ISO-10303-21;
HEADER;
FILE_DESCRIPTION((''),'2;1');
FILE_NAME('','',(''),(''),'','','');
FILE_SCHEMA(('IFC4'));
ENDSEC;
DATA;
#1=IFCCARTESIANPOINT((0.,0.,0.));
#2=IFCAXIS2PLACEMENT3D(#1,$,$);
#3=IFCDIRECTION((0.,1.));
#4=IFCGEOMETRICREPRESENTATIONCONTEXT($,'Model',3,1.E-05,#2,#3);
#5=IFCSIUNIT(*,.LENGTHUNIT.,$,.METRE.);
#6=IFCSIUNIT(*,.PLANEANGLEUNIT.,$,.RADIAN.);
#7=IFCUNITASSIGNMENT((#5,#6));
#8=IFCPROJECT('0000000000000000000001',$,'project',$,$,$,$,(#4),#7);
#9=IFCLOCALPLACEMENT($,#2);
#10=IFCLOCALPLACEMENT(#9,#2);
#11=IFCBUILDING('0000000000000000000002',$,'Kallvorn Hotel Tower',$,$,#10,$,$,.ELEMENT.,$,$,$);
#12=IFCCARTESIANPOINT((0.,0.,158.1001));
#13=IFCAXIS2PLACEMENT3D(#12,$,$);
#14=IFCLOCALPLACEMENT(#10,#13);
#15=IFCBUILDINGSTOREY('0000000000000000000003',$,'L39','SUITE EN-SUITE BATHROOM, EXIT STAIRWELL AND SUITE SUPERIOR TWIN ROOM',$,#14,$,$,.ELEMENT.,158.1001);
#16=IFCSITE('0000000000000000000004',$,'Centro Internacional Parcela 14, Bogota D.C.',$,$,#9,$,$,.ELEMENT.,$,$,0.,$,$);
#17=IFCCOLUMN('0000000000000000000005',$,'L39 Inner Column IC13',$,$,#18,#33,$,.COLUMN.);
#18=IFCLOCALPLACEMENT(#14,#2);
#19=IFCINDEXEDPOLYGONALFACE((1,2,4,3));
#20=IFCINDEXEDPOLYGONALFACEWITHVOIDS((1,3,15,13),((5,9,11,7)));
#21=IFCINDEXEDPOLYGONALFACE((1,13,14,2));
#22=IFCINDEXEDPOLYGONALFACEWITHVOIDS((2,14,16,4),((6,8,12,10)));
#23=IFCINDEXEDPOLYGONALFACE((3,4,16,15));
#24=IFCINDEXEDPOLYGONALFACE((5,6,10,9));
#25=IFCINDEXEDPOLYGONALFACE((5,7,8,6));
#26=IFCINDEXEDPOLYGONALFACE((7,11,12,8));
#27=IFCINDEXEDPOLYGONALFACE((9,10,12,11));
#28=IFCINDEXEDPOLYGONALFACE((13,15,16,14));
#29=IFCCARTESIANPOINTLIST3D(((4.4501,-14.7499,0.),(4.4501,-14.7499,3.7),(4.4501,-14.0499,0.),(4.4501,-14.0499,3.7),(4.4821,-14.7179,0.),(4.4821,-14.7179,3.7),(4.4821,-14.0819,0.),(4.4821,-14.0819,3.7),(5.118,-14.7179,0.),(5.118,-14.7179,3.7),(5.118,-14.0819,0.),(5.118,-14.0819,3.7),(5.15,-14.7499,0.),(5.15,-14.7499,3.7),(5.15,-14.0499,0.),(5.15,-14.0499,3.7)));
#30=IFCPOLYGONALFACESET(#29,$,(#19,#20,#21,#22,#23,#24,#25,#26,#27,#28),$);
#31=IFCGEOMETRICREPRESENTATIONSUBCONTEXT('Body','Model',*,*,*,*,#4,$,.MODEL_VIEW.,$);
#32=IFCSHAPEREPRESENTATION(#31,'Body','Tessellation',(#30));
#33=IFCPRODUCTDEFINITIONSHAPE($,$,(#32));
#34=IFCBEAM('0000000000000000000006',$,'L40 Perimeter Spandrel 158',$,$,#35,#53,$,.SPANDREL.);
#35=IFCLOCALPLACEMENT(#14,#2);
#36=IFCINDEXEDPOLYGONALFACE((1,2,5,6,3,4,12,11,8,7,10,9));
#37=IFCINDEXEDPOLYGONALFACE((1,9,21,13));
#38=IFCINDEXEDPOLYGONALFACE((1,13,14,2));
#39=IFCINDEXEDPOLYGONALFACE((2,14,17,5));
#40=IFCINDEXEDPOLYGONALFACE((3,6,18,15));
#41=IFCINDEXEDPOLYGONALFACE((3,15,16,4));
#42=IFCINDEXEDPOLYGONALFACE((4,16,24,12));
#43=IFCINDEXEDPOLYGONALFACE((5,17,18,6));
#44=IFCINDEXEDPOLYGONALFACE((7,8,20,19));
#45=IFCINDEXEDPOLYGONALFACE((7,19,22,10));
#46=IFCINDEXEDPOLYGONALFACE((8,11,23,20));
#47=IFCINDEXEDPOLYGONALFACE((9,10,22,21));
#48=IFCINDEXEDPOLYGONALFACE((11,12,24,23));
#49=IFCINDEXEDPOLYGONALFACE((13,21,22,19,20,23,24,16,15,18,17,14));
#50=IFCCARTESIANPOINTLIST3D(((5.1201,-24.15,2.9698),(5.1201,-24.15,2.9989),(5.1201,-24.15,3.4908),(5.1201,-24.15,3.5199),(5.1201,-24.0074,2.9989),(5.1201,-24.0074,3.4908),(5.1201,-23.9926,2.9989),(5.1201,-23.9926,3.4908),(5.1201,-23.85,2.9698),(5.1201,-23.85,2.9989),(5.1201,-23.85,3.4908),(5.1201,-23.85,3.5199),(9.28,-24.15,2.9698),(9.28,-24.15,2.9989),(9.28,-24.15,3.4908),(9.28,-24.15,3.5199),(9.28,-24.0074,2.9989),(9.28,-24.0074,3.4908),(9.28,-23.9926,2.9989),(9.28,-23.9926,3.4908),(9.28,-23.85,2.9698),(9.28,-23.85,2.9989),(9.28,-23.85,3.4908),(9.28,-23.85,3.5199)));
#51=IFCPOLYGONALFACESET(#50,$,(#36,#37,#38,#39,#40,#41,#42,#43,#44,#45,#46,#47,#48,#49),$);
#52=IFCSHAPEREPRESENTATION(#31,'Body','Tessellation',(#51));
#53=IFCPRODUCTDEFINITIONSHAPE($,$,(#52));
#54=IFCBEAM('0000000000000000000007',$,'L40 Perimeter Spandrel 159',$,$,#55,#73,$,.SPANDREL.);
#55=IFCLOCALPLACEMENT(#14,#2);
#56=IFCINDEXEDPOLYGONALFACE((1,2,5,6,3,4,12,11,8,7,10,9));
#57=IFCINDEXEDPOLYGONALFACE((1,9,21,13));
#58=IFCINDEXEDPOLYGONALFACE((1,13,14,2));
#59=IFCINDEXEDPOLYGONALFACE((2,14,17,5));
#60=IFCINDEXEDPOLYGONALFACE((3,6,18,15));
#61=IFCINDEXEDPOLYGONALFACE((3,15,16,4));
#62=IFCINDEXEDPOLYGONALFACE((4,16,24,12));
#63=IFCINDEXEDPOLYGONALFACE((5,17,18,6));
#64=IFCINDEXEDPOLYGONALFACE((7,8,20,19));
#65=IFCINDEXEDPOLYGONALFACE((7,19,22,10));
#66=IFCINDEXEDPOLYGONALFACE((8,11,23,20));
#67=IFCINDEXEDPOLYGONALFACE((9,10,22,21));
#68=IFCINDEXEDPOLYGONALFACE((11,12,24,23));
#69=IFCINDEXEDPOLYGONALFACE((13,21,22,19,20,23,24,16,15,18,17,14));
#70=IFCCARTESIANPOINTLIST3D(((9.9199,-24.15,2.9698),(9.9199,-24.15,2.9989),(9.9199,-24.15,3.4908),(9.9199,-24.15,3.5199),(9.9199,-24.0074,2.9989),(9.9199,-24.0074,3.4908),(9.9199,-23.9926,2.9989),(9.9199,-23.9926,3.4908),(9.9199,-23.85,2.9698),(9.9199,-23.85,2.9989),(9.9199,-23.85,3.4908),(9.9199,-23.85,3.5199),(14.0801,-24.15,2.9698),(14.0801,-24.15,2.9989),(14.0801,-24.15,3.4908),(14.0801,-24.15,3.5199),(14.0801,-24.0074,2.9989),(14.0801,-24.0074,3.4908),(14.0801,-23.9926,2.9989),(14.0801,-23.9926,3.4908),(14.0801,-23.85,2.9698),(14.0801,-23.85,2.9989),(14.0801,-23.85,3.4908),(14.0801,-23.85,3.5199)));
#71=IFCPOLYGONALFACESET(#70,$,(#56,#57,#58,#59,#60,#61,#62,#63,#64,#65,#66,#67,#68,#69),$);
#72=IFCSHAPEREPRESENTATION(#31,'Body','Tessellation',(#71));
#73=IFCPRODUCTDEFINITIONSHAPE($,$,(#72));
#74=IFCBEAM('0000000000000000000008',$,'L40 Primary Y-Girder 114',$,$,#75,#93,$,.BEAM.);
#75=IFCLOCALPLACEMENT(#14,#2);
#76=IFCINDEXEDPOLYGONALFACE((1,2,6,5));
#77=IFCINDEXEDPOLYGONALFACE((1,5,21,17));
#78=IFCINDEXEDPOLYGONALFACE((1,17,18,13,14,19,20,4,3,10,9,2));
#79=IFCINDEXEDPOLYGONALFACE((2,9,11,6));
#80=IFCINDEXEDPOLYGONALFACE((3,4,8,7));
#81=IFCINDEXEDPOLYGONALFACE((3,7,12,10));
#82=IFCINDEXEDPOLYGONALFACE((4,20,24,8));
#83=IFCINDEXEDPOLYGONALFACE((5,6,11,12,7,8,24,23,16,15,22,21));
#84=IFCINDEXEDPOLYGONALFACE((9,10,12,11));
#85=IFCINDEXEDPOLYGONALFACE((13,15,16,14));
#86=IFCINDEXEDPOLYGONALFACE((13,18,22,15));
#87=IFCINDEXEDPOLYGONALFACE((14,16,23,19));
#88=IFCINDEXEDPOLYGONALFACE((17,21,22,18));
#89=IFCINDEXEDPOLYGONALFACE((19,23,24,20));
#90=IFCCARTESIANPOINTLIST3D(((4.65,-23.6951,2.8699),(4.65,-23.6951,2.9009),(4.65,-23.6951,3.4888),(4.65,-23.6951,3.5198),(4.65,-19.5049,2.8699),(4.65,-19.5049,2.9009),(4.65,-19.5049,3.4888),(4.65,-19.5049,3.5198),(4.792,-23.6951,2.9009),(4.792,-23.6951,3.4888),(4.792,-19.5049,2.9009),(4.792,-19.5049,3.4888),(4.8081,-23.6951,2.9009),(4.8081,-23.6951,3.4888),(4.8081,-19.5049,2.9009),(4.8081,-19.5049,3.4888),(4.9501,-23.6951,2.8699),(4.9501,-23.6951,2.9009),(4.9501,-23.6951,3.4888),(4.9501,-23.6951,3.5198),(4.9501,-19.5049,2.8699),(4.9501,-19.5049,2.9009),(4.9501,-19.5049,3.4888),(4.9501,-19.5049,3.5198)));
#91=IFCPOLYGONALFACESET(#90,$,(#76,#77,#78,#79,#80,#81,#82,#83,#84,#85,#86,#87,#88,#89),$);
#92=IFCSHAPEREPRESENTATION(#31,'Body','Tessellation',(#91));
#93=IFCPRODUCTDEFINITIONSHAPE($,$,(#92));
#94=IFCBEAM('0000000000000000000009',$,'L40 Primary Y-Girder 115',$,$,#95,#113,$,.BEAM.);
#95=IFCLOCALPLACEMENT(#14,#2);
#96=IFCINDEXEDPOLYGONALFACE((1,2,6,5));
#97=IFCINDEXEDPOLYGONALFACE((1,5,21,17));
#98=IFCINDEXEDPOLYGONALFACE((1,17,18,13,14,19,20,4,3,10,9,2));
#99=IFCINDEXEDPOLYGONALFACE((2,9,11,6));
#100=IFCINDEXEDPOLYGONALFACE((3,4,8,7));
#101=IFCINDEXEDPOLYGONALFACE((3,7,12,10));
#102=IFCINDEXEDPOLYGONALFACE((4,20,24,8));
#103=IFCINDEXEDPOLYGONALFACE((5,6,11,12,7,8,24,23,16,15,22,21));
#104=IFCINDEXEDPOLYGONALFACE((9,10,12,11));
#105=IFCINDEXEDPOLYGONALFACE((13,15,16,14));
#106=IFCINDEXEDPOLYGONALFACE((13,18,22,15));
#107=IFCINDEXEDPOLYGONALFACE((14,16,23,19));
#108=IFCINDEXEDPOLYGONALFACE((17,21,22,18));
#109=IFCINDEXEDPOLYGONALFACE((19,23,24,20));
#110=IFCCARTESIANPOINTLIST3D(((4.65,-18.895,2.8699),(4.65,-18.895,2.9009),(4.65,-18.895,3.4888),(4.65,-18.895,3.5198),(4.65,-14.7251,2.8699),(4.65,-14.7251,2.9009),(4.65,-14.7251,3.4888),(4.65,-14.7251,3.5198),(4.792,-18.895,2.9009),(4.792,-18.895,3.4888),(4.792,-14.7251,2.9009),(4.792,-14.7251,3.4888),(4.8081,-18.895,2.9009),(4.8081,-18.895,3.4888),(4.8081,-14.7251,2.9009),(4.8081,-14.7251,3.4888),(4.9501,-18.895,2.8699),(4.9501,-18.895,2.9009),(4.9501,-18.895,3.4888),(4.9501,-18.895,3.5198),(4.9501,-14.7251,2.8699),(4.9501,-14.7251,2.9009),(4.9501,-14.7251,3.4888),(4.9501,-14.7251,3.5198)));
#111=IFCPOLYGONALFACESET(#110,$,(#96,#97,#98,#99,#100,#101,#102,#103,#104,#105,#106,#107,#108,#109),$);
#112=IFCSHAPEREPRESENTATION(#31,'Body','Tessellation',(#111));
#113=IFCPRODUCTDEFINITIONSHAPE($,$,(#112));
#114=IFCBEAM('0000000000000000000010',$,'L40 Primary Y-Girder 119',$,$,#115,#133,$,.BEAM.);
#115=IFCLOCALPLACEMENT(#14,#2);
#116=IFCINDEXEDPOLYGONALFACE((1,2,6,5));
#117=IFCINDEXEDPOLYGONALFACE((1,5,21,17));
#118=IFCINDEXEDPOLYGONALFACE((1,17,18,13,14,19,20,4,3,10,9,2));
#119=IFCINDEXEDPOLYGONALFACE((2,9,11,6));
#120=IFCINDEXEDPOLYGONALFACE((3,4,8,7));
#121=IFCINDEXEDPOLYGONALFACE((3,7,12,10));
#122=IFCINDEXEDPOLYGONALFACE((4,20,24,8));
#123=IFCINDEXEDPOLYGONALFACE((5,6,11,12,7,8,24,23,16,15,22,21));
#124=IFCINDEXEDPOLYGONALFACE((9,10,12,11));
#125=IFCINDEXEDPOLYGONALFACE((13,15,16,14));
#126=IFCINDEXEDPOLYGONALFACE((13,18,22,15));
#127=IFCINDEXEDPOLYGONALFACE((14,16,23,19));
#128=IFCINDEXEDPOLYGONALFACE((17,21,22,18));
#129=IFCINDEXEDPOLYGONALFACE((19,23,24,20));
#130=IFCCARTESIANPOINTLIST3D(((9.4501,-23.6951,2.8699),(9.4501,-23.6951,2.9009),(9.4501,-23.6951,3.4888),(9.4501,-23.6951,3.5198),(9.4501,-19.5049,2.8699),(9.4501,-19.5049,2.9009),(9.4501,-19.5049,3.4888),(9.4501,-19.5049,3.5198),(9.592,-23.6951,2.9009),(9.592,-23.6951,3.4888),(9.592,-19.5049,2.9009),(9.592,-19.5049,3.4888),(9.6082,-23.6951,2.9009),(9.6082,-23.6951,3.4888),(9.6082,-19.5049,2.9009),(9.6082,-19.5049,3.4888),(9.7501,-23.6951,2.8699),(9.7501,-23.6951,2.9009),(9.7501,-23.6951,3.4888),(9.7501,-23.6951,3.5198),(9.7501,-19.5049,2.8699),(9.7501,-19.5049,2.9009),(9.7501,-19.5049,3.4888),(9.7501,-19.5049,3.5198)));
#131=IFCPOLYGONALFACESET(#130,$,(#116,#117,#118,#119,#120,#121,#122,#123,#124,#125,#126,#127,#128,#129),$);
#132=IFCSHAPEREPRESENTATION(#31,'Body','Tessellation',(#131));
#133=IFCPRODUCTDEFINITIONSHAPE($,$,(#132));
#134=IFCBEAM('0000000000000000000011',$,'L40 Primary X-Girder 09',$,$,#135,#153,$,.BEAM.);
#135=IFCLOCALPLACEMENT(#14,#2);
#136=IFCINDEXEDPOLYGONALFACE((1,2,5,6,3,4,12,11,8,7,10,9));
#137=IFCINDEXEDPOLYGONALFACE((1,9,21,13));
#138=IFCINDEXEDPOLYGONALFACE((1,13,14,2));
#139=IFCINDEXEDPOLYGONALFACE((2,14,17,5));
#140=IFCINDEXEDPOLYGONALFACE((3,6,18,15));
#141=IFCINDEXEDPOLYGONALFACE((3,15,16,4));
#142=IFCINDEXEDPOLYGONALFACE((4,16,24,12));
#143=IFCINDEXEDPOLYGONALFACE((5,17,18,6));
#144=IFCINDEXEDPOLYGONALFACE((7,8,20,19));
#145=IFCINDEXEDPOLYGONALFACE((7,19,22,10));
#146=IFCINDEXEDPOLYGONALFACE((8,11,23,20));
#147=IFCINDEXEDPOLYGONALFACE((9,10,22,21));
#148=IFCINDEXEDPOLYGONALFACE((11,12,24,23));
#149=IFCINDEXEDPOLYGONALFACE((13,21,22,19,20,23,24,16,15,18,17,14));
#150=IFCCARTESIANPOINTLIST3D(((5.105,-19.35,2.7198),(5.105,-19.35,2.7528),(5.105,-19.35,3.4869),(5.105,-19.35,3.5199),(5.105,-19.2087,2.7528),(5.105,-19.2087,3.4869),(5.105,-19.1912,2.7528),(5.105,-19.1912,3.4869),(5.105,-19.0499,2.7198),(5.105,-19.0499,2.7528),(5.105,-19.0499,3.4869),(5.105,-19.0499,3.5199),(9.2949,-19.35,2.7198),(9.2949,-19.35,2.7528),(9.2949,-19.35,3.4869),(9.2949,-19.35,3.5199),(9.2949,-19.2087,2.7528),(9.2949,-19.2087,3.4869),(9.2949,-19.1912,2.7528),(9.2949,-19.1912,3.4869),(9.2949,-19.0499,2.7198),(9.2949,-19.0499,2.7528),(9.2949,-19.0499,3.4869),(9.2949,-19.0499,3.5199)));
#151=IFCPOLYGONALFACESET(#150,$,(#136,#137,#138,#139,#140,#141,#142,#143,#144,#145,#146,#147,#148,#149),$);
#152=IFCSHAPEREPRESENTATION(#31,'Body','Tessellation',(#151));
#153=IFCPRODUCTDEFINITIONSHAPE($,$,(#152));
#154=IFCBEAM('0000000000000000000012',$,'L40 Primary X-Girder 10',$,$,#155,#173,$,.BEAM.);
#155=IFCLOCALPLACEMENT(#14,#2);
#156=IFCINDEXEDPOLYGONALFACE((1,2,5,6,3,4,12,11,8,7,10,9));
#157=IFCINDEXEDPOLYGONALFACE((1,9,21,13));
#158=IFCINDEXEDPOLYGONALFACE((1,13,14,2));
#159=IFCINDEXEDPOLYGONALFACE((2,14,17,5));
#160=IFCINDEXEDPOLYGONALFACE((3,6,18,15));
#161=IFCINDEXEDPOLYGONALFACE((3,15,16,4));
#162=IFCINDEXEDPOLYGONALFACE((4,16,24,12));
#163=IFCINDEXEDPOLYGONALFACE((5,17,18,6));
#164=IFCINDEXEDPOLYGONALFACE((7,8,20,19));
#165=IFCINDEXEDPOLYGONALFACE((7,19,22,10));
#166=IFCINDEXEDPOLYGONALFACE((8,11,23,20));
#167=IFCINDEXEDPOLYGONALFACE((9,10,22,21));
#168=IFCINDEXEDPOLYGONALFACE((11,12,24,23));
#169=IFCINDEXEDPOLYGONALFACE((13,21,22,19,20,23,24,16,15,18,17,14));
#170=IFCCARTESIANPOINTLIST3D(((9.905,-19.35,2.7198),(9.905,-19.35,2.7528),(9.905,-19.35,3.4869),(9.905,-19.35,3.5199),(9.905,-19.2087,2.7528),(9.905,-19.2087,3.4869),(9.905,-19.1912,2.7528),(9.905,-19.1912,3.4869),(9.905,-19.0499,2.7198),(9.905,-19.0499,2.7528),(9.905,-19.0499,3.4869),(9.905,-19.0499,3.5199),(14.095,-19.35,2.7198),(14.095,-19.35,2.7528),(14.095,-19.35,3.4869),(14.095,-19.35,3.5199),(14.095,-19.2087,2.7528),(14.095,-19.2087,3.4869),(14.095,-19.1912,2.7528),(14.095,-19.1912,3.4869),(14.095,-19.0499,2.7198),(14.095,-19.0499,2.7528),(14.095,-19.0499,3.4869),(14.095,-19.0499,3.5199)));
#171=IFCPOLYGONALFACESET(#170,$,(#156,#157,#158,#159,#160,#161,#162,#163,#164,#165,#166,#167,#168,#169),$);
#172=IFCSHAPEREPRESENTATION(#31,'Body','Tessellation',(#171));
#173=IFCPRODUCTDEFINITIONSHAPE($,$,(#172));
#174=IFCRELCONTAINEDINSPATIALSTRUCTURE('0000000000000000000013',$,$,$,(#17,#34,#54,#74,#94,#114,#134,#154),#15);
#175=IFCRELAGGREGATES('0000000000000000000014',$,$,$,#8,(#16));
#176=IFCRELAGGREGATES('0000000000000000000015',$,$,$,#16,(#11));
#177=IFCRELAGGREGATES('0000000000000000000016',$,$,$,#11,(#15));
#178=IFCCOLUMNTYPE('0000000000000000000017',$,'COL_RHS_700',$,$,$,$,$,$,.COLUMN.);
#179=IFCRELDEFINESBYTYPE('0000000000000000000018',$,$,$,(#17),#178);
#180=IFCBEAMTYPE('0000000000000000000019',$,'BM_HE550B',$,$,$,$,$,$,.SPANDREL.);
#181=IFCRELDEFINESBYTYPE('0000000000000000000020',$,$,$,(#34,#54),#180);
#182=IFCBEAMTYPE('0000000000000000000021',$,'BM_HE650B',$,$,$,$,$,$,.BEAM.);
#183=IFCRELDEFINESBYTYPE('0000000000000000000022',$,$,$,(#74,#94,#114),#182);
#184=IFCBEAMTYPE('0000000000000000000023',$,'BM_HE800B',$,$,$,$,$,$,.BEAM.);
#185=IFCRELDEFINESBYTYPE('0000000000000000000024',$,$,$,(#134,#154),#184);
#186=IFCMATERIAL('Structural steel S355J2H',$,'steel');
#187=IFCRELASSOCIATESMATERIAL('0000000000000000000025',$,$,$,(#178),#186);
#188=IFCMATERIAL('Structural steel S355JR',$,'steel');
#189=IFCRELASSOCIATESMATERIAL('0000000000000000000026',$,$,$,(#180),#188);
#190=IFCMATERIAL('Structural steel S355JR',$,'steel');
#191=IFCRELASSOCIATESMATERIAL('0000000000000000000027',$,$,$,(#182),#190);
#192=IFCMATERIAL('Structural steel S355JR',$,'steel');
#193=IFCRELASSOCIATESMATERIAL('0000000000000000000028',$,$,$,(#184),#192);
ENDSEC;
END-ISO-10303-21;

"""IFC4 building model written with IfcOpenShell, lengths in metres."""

from ifc_helpers import new_model, si_unit, direction, frame, origin, origin_2d, place, context, subcontext, project, spatial, hollow_rectangle, i_section, extrude, material, material_profile, profile_set, type_object, element, save


model = new_model("IFC4")

# Units and contexts
model_context = context("Model", 3, precision=1e-05, world=origin(), true_north=direction((0.0, 1.0)))
body_context = subcontext(model_context, "Body", "Model", "MODEL_VIEW")
ifc_project = project(units=[si_unit("LENGTHUNIT", "METRE"), si_unit("PLANEANGLEUNIT", "RADIAN")], contexts=[model_context])

# Site, building, storey
site_placement = place(None, origin())
site = spatial("IfcSite", under=ifc_project, at=site_placement, Name="Centro Internacional Parcela 14, Bogota D.C.", CompositionType="ELEMENT", RefElevation=0.0)
building_placement = place(site_placement, origin())
building = spatial("IfcBuilding", under=site, at=building_placement, Name="Kallvorn Hotel Tower", CompositionType="ELEMENT")
storey_placement = place(building_placement, frame((0.0, 0.0, 158.1001)))
storey = spatial("IfcBuildingStorey", under=building, at=storey_placement, Name="L39", Description="SUITE EN-SUITE BATHROOM, EXIT STAIRWELL AND SUITE SUPERIOR TWIN ROOM", CompositionType="ELEMENT", Elevation=158.1001)

# Column
ifc_material_1 = material(Name="Structural steel S355J2H", Category="steel")
ifc_material_profile_1 = material_profile(ifc_material_1, hollow_rectangle(XDim=0.7, YDim=0.7, WallThickness=0.032, at=origin_2d()), Name="RHS 700x700x32")
ifc_profile_set_1 = profile_set([ifc_material_profile_1], Name="Structural steel S355J2H")
column_type_1 = type_object("IfcColumnType", Name="COL_RHS_700", PredefinedType="COLUMN", material=ifc_profile_set_1)
column_placement = place(storey_placement, frame((4.8, -14.3999, 0.0), z_axis=(0.0, 0.0, 1.0), x_axis=(1.0, 0.0, 0.0)))
element("IfcColumn", 1, at=column_placement, inside=storey, type_object=column_type_1, Name="L39 Inner Column IC13", PredefinedType="COLUMN", context=body_context, shape_type="SweptSolid", body=[
    extrude(hollow_rectangle(XDim=0.7, YDim=0.7, WallThickness=0.032, at=origin_2d()), origin(), (0.0, 0.0, 1.0), 3.7),
])

# Beams
ifc_material_2 = material(Name="Structural steel S355JR", Category="steel")
ifc_material_profile_2 = material_profile(ifc_material_2, i_section(OverallWidth=0.3, OverallDepth=0.55, WebThickness=0.0149, FlangeThickness=0.0291, at=origin_2d()), Name="HE 550 B")
ifc_profile_set_2 = profile_set([ifc_material_profile_2], Name="Structural steel S355JR")
beam_type_1 = type_object("IfcBeamType", Name="BM_HE550B", PredefinedType="SPANDREL", material=ifc_profile_set_2)
beam_1_placement = place(storey_placement, frame((5.1201, -24.0, 3.2449), z_axis=(1.0, 0.0, 0.0), x_axis=(0.0, 1.0, 0.0)))
element("IfcBeam", 2, at=beam_1_placement, inside=storey, type_object=beam_type_1, Name="L40 Perimeter Spandrel 158", PredefinedType="SPANDREL", context=body_context, shape_type="SweptSolid", body=[
    extrude(i_section(OverallWidth=0.3, OverallDepth=0.55, WebThickness=0.0149, FlangeThickness=0.0291, at=origin_2d()), origin(), (0.0, 0.0, 1.0), 4.1599),
])
beam_2_placement = place(storey_placement, frame((9.9199, -24.0, 3.2449), z_axis=(1.0, 0.0, 0.0), x_axis=(0.0, 1.0, 0.0)))
element("IfcBeam", 3, at=beam_2_placement, inside=storey, type_object=beam_type_1, Name="L40 Perimeter Spandrel 159", PredefinedType="SPANDREL", context=body_context, shape_type="SweptSolid", body=[
    extrude(i_section(OverallWidth=0.3, OverallDepth=0.55, WebThickness=0.0149, FlangeThickness=0.0291, at=origin_2d()), origin(), (0.0, 0.0, 1.0), 4.1602),
])
ifc_material_3 = material(Name="Structural steel S355JR", Category="steel")
ifc_material_profile_3 = material_profile(ifc_material_3, i_section(OverallWidth=0.3, OverallDepth=0.6499, WebThickness=0.0161, FlangeThickness=0.031, at=origin_2d()), Name="HE 650 B")
ifc_profile_set_3 = profile_set([ifc_material_profile_3], Name="Structural steel S355JR")
beam_type_2 = type_object("IfcBeamType", Name="BM_HE650B", PredefinedType="BEAM", material=ifc_profile_set_3)
beam_3_placement = place(storey_placement, frame((4.8, -23.6951, 3.1948), z_axis=(0.0, 1.0, 0.0), x_axis=(-1.0, 0.0, 0.0)))
element("IfcBeam", 4, at=beam_3_placement, inside=storey, type_object=beam_type_2, Name="L40 Primary Y-Girder 114", PredefinedType="BEAM", context=body_context, shape_type="SweptSolid", body=[
    extrude(i_section(OverallWidth=0.3, OverallDepth=0.6499, WebThickness=0.0161, FlangeThickness=0.031, at=origin_2d()), origin(), (0.0, 0.0, 1.0), 4.1902),
])
beam_4_placement = place(storey_placement, frame((4.8, -18.895, 3.1948), z_axis=(0.0, 1.0, 0.0), x_axis=(-1.0, 0.0, 0.0)))
element("IfcBeam", 5, at=beam_4_placement, inside=storey, type_object=beam_type_2, Name="L40 Primary Y-Girder 115", PredefinedType="BEAM", context=body_context, shape_type="SweptSolid", body=[
    extrude(i_section(OverallWidth=0.3, OverallDepth=0.6499, WebThickness=0.0161, FlangeThickness=0.031, at=origin_2d()), origin(), (0.0, 0.0, 1.0), 4.1699),
])
beam_5_placement = place(storey_placement, frame((9.6001, -23.6951, 3.1948), z_axis=(0.0, 1.0, 0.0), x_axis=(-1.0, 0.0, 0.0)))
element("IfcBeam", 6, at=beam_5_placement, inside=storey, type_object=beam_type_2, Name="L40 Primary Y-Girder 119", PredefinedType="BEAM", context=body_context, shape_type="SweptSolid", body=[
    extrude(i_section(OverallWidth=0.3, OverallDepth=0.6499, WebThickness=0.0161, FlangeThickness=0.031, at=origin_2d()), origin(), (0.0, 0.0, 1.0), 4.1902),
])
ifc_material_4 = material(Name="Structural steel S355JR", Category="steel")
ifc_material_profile_4 = material_profile(ifc_material_4, i_section(OverallWidth=0.3, OverallDepth=0.8, WebThickness=0.0176, FlangeThickness=0.033, at=origin_2d()), Name="HE 800 B")
ifc_profile_set_4 = profile_set([ifc_material_profile_4], Name="Structural steel S355JR")
beam_type_3 = type_object("IfcBeamType", Name="BM_HE800B", PredefinedType="BEAM", material=ifc_profile_set_4)
for number, where, z_axis, x_axis, name in (
    (7, (5.105, -19.2, 3.1199), (1.0, 0.0, 0.0), (0.0, 1.0, 0.0), "L40 Primary X-Girder 09"),
    (8, (9.905, -19.2, 3.1199), (1.0, 0.0, 0.0), (0.0, 1.0, 0.0), "L40 Primary X-Girder 10"),
):
    element("IfcBeam", number, at=place(storey_placement, frame(where, z_axis=z_axis, x_axis=x_axis)), inside=storey, type_object=beam_type_3, Name=name, PredefinedType="BEAM", context=body_context, shape_type="SweptSolid", body=[
        extrude(i_section(OverallWidth=0.3, OverallDepth=0.8, WebThickness=0.0176, FlangeThickness=0.033, at=origin_2d()), origin(), (0.0, 0.0, 1.0), 4.1899),
    ])

save(model, "model.ifc")
